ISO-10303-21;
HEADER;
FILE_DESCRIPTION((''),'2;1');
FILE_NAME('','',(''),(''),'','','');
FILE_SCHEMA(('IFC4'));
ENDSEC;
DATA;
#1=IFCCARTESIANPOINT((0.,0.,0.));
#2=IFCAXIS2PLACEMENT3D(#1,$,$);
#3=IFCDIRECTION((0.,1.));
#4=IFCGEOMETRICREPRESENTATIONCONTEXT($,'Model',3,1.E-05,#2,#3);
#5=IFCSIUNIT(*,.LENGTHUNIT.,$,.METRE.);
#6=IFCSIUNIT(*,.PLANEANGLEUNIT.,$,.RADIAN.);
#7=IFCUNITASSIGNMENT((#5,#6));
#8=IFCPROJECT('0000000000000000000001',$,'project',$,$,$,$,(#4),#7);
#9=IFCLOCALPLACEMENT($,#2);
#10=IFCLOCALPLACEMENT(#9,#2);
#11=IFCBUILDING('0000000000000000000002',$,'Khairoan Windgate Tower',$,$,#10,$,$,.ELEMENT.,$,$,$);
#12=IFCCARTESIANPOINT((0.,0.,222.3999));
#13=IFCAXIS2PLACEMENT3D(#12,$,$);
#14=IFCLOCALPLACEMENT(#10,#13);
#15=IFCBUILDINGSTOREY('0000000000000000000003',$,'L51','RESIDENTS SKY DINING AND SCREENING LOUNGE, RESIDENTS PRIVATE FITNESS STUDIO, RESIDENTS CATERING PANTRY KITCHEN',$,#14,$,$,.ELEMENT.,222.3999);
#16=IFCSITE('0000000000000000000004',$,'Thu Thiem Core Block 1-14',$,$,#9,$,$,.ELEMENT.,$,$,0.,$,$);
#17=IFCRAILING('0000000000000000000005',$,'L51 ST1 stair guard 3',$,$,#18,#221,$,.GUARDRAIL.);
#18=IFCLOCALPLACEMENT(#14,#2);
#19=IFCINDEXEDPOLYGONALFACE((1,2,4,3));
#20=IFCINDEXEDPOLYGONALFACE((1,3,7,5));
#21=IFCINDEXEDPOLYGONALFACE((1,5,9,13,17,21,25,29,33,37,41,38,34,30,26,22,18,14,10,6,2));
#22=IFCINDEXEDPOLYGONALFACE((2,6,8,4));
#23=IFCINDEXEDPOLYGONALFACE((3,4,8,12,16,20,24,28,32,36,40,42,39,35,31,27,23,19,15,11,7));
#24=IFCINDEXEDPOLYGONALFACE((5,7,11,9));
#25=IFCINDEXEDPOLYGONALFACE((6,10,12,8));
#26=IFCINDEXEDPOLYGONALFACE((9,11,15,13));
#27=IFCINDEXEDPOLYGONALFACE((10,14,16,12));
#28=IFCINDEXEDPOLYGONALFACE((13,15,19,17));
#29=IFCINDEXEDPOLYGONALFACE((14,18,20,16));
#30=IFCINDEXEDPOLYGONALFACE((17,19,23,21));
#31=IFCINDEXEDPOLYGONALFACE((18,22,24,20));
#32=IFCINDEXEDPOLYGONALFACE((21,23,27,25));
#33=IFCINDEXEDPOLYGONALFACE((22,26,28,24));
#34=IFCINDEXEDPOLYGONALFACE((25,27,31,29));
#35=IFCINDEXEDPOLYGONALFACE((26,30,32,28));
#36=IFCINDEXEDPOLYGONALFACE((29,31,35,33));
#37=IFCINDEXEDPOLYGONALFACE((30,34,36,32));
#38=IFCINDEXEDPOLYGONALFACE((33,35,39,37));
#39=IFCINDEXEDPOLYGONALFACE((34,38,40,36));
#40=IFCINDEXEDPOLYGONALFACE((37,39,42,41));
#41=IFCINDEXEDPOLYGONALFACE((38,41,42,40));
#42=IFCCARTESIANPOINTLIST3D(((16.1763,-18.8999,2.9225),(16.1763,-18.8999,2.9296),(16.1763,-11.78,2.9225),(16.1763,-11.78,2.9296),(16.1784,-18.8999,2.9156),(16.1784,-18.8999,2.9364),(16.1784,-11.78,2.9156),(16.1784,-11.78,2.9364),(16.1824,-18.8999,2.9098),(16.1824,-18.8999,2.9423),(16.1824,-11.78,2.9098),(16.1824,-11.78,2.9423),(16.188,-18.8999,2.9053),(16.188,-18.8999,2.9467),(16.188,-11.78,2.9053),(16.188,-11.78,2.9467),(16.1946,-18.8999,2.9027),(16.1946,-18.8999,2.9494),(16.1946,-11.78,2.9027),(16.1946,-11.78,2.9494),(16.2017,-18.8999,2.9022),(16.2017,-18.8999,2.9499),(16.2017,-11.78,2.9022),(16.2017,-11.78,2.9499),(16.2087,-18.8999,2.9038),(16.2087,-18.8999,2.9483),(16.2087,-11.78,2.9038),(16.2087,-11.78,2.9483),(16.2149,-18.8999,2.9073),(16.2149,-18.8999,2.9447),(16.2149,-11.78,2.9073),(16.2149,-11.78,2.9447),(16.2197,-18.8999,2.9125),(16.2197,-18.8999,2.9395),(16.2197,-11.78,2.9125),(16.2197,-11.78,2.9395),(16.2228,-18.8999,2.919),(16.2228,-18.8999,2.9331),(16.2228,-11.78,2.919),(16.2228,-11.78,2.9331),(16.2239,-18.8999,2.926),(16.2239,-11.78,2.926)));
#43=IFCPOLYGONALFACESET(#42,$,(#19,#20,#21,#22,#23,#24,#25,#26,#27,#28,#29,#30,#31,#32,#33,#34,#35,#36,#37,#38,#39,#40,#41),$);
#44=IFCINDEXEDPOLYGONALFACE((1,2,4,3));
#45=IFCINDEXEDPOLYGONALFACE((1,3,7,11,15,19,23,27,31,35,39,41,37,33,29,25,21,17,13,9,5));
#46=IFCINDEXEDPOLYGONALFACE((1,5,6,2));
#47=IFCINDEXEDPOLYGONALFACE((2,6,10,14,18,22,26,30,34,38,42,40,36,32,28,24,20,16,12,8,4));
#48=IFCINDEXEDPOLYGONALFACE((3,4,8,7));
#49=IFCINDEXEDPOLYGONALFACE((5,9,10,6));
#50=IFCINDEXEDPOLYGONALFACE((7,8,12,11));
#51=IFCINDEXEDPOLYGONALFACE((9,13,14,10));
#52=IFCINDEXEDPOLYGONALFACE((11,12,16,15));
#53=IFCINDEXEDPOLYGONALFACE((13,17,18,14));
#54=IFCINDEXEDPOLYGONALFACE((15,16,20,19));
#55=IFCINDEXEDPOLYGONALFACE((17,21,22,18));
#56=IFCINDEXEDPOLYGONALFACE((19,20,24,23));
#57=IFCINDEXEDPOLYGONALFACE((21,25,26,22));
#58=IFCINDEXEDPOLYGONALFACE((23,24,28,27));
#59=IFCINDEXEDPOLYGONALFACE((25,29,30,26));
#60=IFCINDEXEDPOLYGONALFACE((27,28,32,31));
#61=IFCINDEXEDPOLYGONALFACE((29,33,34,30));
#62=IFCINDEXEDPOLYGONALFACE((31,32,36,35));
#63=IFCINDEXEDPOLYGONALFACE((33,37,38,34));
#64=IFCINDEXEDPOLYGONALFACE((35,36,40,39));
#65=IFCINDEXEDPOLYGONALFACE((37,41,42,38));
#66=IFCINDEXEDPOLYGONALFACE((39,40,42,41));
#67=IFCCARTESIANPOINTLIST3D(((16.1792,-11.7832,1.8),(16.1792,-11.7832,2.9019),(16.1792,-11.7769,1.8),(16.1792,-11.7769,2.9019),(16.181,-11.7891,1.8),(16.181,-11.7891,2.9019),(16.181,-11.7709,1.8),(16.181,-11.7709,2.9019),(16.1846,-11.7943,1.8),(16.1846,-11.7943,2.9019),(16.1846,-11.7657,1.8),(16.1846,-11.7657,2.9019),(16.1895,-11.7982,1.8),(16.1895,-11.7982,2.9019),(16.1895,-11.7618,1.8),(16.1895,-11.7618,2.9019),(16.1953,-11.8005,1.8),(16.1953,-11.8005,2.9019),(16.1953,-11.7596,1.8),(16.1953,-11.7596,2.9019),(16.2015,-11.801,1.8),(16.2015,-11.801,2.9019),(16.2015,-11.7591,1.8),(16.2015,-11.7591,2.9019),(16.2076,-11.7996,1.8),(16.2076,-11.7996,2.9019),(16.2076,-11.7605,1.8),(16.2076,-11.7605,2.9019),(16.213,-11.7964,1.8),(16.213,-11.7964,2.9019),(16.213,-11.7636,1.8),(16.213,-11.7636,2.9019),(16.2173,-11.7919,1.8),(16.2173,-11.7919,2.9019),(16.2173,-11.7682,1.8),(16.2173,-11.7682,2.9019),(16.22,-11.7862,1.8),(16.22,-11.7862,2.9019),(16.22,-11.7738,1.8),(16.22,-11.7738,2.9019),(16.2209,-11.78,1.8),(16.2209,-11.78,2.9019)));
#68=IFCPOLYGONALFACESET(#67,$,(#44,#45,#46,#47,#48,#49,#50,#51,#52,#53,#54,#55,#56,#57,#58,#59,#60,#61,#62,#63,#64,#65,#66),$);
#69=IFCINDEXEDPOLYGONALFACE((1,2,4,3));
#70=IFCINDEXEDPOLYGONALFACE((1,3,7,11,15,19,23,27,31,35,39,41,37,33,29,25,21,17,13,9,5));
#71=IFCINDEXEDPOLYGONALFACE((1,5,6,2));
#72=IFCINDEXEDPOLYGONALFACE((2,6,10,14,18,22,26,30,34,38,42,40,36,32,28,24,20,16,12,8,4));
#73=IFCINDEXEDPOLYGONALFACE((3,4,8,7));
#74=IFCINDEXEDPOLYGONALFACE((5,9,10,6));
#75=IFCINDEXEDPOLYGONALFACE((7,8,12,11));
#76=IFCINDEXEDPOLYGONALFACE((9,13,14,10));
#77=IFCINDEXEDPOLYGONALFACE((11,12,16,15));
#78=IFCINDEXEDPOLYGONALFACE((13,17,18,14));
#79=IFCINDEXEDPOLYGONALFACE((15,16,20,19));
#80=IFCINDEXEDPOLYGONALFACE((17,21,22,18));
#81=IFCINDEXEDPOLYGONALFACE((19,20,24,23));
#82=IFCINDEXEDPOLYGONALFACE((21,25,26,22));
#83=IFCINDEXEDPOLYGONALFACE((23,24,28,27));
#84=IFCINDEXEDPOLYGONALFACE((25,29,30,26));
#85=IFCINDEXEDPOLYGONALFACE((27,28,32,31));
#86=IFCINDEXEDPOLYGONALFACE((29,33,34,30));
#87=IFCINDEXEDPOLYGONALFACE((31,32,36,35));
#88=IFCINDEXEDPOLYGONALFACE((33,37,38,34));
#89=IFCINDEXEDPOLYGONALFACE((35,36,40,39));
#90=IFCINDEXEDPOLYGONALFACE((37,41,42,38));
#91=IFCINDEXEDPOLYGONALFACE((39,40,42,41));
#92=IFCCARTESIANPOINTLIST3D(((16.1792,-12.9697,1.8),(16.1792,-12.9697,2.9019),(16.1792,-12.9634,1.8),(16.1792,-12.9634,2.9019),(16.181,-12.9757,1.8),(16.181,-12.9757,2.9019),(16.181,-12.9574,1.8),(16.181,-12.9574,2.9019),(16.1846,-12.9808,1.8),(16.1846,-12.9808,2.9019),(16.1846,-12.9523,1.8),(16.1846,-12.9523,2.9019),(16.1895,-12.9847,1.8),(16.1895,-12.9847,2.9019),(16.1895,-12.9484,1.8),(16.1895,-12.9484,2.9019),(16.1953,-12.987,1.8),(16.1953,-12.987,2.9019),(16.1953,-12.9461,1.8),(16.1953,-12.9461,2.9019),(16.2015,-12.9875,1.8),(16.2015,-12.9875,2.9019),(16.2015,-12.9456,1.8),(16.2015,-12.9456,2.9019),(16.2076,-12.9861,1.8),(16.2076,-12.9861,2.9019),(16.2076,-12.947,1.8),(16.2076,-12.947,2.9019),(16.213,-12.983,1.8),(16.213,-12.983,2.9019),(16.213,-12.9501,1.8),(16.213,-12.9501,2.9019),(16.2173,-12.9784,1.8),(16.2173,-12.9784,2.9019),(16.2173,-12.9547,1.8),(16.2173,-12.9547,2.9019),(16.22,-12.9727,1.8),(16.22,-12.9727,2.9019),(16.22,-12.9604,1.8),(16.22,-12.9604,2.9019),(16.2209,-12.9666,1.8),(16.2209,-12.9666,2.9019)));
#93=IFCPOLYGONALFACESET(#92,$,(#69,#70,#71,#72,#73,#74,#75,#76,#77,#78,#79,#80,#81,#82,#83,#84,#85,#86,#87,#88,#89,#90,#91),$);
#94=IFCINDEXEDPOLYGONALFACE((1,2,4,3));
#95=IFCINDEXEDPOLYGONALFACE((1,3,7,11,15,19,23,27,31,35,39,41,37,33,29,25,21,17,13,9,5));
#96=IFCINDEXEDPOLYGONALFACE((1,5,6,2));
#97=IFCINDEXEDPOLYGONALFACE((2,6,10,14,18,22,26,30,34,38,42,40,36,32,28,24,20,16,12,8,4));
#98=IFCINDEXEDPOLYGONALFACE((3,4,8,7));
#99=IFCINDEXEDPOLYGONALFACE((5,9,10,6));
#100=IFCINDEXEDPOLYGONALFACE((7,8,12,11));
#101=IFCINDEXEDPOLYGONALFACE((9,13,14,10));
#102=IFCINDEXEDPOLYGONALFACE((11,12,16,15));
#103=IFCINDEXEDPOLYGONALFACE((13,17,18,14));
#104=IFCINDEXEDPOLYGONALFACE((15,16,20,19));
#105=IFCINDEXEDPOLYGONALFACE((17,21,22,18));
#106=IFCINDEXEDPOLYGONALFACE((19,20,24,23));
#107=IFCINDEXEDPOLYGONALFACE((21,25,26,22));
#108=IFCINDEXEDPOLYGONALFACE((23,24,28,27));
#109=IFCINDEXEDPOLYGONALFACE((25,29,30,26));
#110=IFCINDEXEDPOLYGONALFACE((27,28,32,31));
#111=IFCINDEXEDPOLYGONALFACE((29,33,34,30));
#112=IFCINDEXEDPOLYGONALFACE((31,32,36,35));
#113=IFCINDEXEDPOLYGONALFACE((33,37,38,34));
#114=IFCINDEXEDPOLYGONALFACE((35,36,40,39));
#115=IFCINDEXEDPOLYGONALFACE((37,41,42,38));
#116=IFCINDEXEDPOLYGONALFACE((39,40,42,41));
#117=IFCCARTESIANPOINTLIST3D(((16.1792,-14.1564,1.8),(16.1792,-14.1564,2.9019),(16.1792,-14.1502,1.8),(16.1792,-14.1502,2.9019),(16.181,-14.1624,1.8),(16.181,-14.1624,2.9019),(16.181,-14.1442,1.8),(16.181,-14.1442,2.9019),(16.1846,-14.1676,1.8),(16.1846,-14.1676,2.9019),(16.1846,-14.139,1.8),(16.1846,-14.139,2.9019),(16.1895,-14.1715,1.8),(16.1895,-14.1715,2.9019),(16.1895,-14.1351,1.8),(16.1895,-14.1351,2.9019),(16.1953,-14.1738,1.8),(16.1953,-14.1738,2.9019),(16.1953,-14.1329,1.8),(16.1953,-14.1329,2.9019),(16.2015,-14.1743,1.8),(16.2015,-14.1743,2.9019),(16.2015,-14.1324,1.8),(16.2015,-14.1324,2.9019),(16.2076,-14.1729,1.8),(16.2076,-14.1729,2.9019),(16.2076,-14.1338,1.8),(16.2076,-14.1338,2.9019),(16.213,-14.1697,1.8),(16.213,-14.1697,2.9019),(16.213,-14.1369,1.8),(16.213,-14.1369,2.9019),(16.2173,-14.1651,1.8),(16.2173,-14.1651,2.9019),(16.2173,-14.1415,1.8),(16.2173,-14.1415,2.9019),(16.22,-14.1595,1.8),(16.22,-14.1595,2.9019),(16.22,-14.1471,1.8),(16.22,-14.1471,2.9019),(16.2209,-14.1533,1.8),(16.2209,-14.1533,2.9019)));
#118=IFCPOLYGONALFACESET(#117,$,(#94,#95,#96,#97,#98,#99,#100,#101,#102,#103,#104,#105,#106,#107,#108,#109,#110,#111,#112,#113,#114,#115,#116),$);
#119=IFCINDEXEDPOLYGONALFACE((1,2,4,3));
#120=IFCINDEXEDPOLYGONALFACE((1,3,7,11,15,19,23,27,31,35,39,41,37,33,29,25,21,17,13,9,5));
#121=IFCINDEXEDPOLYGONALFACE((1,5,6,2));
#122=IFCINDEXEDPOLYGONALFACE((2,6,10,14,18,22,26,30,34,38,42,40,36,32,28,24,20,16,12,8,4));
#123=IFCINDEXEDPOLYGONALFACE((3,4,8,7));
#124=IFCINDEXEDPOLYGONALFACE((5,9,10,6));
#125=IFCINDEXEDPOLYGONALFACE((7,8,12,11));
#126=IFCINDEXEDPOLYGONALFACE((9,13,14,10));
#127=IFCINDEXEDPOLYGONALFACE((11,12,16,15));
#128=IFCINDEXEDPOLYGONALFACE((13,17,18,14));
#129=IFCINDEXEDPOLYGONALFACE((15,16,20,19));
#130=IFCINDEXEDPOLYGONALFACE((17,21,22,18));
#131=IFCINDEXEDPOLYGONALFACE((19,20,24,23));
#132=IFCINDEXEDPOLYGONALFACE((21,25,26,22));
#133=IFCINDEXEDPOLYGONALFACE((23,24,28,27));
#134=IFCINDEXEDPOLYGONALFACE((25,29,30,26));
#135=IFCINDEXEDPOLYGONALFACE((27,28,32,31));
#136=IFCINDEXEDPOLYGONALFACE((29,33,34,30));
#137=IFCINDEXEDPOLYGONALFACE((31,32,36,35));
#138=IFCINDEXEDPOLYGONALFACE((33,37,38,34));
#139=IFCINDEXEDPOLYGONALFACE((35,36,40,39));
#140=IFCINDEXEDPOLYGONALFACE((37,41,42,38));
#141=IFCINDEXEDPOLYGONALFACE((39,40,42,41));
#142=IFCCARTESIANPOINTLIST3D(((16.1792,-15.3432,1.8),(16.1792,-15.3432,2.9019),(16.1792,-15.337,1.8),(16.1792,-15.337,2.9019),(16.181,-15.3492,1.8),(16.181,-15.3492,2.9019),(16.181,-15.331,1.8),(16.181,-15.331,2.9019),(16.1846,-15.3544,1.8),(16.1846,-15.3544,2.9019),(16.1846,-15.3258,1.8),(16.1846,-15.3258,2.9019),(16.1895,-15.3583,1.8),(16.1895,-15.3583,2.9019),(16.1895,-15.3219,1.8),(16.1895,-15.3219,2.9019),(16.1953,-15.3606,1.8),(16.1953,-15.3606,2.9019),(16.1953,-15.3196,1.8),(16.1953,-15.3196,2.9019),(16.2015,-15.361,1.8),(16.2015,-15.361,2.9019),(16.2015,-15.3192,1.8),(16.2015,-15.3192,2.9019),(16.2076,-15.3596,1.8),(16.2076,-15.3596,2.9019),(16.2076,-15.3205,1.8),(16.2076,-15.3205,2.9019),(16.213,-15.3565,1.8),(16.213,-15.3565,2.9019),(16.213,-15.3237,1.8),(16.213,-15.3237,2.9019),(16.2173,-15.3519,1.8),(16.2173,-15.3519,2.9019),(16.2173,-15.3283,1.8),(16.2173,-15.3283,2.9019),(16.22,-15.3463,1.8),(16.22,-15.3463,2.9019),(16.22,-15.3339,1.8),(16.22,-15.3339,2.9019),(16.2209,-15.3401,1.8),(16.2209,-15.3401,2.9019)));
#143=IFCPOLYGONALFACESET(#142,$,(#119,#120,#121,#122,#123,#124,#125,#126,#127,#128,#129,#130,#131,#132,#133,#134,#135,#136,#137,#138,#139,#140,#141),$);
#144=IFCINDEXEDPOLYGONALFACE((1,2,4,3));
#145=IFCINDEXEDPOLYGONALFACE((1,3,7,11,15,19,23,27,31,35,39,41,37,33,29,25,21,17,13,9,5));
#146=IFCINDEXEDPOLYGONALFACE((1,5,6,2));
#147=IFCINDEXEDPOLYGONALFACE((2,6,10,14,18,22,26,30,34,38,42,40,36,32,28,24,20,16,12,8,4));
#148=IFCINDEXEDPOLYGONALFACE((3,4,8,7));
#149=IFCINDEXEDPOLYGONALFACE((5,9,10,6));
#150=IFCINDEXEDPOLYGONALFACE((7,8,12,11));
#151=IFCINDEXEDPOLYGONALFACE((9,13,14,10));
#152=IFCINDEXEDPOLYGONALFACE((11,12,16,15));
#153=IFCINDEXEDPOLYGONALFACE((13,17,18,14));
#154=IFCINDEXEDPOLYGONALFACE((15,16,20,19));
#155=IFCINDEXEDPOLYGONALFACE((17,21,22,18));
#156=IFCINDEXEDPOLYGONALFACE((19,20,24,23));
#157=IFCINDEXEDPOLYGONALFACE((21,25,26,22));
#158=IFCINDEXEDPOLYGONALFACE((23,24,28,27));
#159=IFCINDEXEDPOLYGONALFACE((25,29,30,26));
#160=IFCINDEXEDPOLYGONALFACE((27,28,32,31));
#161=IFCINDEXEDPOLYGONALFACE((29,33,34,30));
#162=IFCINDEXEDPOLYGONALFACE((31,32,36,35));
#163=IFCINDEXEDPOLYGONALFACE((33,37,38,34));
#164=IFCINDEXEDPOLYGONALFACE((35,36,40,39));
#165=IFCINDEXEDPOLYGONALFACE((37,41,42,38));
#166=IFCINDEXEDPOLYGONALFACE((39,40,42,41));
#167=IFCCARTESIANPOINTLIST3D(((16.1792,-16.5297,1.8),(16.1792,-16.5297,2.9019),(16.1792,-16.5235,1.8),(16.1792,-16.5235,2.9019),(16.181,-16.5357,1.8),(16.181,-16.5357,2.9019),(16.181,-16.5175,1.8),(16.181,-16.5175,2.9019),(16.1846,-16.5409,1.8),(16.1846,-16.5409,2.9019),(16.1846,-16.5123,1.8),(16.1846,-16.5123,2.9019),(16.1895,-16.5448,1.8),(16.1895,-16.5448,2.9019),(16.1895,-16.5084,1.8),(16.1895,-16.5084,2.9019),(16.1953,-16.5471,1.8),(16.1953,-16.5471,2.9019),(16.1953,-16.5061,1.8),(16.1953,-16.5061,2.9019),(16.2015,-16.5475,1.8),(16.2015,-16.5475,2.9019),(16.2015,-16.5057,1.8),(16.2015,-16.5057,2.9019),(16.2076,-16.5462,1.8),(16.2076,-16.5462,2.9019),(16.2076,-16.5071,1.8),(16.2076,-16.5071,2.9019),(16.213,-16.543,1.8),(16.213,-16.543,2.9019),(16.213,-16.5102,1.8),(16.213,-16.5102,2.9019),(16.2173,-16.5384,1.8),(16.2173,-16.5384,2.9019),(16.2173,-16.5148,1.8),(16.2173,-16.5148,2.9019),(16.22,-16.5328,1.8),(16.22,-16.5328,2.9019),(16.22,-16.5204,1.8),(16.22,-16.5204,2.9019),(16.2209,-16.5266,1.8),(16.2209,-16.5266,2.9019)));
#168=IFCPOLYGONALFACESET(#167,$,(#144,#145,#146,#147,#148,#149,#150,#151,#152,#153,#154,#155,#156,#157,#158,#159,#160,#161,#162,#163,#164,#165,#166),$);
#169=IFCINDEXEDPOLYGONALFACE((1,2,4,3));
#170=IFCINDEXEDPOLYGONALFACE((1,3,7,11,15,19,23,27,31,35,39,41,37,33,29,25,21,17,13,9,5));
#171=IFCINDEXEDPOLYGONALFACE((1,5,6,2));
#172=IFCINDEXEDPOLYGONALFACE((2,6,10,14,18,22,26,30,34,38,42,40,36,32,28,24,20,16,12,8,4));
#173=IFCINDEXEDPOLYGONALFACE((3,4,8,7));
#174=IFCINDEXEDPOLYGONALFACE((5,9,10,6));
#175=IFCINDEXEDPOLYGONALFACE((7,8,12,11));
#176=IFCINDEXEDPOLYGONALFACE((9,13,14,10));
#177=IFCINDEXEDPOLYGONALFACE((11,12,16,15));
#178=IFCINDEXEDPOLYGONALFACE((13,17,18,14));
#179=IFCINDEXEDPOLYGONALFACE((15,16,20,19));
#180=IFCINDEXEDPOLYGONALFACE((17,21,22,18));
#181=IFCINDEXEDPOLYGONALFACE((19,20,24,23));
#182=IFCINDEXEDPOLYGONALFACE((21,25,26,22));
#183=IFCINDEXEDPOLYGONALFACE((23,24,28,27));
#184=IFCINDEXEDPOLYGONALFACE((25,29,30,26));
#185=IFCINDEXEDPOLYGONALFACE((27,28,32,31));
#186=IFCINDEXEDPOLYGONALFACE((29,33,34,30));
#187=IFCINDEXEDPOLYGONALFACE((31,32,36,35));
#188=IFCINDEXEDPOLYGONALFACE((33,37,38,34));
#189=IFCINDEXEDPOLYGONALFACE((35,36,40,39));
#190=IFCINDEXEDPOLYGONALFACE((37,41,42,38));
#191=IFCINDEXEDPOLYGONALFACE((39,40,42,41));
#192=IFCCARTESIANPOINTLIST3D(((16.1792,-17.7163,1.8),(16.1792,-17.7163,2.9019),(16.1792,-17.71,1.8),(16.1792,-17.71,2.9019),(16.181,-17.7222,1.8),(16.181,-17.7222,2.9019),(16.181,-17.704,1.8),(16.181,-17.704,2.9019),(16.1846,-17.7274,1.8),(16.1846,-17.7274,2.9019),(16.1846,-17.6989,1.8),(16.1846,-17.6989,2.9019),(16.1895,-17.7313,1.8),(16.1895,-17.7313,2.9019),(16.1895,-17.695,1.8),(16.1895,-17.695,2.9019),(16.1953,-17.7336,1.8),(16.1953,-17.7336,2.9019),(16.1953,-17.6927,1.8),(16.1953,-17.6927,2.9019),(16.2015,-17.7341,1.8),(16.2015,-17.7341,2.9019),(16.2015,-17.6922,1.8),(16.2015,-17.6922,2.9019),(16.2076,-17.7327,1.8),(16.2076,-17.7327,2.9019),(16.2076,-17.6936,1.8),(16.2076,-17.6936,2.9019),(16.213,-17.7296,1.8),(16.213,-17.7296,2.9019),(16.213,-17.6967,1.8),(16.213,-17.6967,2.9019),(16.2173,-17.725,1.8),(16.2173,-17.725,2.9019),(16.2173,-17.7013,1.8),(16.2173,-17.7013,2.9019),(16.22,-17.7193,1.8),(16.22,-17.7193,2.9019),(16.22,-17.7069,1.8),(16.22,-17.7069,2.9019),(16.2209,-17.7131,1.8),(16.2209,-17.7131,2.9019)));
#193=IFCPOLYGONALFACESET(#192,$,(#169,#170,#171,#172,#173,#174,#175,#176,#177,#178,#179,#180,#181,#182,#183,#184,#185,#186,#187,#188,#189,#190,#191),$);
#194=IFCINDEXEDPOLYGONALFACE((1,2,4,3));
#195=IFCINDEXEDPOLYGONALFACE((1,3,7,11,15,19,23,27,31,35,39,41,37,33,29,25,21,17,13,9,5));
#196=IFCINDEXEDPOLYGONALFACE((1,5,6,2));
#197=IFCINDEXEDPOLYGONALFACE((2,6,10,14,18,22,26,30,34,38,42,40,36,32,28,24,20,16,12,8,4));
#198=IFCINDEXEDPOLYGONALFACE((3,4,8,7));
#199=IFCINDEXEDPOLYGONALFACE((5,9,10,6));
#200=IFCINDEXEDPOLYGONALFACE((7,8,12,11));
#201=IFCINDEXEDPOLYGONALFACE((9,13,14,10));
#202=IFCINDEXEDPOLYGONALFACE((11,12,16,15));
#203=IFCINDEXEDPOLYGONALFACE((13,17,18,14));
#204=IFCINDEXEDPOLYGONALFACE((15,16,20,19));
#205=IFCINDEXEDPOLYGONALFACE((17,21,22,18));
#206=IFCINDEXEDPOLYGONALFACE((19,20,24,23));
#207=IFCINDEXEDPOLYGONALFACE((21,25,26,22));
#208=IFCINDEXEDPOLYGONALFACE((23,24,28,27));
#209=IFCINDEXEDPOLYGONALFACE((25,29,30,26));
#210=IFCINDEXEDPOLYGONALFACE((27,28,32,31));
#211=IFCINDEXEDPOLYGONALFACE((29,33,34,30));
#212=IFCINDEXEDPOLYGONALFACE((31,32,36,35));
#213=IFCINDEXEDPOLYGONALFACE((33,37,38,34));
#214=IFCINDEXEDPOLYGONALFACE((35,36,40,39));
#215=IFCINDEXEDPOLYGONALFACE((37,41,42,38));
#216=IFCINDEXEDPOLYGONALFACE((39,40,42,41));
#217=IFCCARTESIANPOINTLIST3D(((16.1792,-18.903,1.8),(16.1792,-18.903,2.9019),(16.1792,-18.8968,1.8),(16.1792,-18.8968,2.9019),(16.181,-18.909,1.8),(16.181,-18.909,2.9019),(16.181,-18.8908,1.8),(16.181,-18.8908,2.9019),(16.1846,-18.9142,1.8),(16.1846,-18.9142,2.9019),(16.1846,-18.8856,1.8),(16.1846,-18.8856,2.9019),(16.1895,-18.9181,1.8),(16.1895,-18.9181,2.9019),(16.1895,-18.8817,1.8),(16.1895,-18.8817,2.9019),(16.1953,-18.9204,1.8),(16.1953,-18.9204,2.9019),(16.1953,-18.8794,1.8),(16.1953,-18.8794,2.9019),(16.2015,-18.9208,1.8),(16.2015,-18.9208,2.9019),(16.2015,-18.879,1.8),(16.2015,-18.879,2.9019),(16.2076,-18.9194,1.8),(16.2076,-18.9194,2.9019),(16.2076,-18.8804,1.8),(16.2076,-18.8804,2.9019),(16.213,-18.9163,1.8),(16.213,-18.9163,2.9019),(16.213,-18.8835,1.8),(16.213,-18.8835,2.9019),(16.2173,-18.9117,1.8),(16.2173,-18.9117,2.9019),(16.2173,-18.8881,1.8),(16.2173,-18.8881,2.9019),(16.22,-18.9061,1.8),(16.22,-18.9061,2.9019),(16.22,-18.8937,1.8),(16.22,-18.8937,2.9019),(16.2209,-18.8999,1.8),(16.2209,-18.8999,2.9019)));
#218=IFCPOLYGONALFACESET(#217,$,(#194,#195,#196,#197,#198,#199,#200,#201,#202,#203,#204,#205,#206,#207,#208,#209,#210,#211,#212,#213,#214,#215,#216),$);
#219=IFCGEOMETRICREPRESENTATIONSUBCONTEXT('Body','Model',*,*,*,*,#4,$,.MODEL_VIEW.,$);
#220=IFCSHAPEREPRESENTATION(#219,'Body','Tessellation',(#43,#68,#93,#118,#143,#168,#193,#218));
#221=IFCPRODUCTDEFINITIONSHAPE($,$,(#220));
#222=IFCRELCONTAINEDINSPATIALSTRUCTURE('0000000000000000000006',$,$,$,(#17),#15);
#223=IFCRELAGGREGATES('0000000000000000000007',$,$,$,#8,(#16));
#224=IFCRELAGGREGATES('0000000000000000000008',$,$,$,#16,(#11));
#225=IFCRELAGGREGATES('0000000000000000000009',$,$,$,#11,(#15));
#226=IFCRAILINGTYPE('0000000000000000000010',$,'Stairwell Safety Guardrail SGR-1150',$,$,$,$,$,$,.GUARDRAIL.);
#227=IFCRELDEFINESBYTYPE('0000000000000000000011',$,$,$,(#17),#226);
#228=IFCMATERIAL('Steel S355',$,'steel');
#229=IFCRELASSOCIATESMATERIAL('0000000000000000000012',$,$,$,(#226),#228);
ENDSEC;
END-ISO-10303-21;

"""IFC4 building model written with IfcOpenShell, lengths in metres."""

from ifc_helpers import new_model, si_unit, direction, frame, origin, origin_2d, place, context, subcontext, project, spatial, circle, extrude, material, type_object, element, save


model = new_model("IFC4")

# Units and contexts
model_context = context("Model", 3, precision=1e-05, world=origin(), true_north=direction((0.0, 1.0)))
body_context = subcontext(model_context, "Body", "Model", "MODEL_VIEW")
ifc_project = project(units=[si_unit("LENGTHUNIT", "METRE"), si_unit("PLANEANGLEUNIT", "RADIAN")], contexts=[model_context])

# Site, building, storey
site_placement = place(None, origin())
site = spatial("IfcSite", under=ifc_project, at=site_placement, Name="Thu Thiem Core Block 1-14", CompositionType="ELEMENT", RefElevation=0.0)
building_placement = place(site_placement, origin())
building = spatial("IfcBuilding", under=site, at=building_placement, Name="Khairoan Windgate Tower", CompositionType="ELEMENT")
storey_placement = place(building_placement, frame((0.0, 0.0, 222.3999)))
storey = spatial("IfcBuildingStorey", under=building, at=storey_placement, Name="L51", Description="RESIDENTS SKY DINING AND SCREENING LOUNGE, RESIDENTS PRIVATE FITNESS STUDIO, RESIDENTS CATERING PANTRY KITCHEN", CompositionType="ELEMENT", Elevation=222.3999)

# Railing
ifc_material_1 = material(Name="Steel S355", Category="steel")
railing_type = type_object("IfcRailingType", Name="Stairwell Safety Guardrail SGR-1150", PredefinedType="GUARDRAIL", material=ifc_material_1)
railing_1_placement = place(storey_placement, frame((16.2, -11.78, 1.8)))
element("IfcRailing", 1, at=railing_1_placement, inside=storey, type_object=railing_type, Name="L51 ST1 stair guard 3", PredefinedType="GUARDRAIL", context=body_context, shape_type="SweptSolid", body=[
    extrude(circle(Radius=0.0239, at=origin_2d()), frame((0.0, 0.0, 1.126), z_axis=(0.0, -1.0, 0.0), x_axis=(1.0, 0.0, 0.0)), (0.0, 0.0, 1.0), 7.1199),
    extrude(circle(Radius=0.021, at=origin_2d()), origin(), (0.0, 0.0, 1.0), 1.1018),
    extrude(circle(Radius=0.021, at=origin_2d()), frame((0.0, -1.1865, 0.0)), (0.0, 0.0, 1.0), 1.1018),
    extrude(circle(Radius=0.021, at=origin_2d()), frame((0.0, -2.3733, 0.0)), (0.0, 0.0, 1.0), 1.1018),
    extrude(circle(Radius=0.021, at=origin_2d()), frame((0.0, -3.5601, 0.0)), (0.0, 0.0, 1.0), 1.1018),
    extrude(circle(Radius=0.021, at=origin_2d()), frame((0.0, -4.7466, 0.0)), (0.0, 0.0, 1.0), 1.1018),
    extrude(circle(Radius=0.021, at=origin_2d()), frame((0.0, -5.9331, 0.0)), (0.0, 0.0, 1.0), 1.1018),
    extrude(circle(Radius=0.021, at=origin_2d()), frame((0.0, -7.1199, 0.0)), (0.0, 0.0, 1.0), 1.1018),
])

save(model, "model.ifc")
